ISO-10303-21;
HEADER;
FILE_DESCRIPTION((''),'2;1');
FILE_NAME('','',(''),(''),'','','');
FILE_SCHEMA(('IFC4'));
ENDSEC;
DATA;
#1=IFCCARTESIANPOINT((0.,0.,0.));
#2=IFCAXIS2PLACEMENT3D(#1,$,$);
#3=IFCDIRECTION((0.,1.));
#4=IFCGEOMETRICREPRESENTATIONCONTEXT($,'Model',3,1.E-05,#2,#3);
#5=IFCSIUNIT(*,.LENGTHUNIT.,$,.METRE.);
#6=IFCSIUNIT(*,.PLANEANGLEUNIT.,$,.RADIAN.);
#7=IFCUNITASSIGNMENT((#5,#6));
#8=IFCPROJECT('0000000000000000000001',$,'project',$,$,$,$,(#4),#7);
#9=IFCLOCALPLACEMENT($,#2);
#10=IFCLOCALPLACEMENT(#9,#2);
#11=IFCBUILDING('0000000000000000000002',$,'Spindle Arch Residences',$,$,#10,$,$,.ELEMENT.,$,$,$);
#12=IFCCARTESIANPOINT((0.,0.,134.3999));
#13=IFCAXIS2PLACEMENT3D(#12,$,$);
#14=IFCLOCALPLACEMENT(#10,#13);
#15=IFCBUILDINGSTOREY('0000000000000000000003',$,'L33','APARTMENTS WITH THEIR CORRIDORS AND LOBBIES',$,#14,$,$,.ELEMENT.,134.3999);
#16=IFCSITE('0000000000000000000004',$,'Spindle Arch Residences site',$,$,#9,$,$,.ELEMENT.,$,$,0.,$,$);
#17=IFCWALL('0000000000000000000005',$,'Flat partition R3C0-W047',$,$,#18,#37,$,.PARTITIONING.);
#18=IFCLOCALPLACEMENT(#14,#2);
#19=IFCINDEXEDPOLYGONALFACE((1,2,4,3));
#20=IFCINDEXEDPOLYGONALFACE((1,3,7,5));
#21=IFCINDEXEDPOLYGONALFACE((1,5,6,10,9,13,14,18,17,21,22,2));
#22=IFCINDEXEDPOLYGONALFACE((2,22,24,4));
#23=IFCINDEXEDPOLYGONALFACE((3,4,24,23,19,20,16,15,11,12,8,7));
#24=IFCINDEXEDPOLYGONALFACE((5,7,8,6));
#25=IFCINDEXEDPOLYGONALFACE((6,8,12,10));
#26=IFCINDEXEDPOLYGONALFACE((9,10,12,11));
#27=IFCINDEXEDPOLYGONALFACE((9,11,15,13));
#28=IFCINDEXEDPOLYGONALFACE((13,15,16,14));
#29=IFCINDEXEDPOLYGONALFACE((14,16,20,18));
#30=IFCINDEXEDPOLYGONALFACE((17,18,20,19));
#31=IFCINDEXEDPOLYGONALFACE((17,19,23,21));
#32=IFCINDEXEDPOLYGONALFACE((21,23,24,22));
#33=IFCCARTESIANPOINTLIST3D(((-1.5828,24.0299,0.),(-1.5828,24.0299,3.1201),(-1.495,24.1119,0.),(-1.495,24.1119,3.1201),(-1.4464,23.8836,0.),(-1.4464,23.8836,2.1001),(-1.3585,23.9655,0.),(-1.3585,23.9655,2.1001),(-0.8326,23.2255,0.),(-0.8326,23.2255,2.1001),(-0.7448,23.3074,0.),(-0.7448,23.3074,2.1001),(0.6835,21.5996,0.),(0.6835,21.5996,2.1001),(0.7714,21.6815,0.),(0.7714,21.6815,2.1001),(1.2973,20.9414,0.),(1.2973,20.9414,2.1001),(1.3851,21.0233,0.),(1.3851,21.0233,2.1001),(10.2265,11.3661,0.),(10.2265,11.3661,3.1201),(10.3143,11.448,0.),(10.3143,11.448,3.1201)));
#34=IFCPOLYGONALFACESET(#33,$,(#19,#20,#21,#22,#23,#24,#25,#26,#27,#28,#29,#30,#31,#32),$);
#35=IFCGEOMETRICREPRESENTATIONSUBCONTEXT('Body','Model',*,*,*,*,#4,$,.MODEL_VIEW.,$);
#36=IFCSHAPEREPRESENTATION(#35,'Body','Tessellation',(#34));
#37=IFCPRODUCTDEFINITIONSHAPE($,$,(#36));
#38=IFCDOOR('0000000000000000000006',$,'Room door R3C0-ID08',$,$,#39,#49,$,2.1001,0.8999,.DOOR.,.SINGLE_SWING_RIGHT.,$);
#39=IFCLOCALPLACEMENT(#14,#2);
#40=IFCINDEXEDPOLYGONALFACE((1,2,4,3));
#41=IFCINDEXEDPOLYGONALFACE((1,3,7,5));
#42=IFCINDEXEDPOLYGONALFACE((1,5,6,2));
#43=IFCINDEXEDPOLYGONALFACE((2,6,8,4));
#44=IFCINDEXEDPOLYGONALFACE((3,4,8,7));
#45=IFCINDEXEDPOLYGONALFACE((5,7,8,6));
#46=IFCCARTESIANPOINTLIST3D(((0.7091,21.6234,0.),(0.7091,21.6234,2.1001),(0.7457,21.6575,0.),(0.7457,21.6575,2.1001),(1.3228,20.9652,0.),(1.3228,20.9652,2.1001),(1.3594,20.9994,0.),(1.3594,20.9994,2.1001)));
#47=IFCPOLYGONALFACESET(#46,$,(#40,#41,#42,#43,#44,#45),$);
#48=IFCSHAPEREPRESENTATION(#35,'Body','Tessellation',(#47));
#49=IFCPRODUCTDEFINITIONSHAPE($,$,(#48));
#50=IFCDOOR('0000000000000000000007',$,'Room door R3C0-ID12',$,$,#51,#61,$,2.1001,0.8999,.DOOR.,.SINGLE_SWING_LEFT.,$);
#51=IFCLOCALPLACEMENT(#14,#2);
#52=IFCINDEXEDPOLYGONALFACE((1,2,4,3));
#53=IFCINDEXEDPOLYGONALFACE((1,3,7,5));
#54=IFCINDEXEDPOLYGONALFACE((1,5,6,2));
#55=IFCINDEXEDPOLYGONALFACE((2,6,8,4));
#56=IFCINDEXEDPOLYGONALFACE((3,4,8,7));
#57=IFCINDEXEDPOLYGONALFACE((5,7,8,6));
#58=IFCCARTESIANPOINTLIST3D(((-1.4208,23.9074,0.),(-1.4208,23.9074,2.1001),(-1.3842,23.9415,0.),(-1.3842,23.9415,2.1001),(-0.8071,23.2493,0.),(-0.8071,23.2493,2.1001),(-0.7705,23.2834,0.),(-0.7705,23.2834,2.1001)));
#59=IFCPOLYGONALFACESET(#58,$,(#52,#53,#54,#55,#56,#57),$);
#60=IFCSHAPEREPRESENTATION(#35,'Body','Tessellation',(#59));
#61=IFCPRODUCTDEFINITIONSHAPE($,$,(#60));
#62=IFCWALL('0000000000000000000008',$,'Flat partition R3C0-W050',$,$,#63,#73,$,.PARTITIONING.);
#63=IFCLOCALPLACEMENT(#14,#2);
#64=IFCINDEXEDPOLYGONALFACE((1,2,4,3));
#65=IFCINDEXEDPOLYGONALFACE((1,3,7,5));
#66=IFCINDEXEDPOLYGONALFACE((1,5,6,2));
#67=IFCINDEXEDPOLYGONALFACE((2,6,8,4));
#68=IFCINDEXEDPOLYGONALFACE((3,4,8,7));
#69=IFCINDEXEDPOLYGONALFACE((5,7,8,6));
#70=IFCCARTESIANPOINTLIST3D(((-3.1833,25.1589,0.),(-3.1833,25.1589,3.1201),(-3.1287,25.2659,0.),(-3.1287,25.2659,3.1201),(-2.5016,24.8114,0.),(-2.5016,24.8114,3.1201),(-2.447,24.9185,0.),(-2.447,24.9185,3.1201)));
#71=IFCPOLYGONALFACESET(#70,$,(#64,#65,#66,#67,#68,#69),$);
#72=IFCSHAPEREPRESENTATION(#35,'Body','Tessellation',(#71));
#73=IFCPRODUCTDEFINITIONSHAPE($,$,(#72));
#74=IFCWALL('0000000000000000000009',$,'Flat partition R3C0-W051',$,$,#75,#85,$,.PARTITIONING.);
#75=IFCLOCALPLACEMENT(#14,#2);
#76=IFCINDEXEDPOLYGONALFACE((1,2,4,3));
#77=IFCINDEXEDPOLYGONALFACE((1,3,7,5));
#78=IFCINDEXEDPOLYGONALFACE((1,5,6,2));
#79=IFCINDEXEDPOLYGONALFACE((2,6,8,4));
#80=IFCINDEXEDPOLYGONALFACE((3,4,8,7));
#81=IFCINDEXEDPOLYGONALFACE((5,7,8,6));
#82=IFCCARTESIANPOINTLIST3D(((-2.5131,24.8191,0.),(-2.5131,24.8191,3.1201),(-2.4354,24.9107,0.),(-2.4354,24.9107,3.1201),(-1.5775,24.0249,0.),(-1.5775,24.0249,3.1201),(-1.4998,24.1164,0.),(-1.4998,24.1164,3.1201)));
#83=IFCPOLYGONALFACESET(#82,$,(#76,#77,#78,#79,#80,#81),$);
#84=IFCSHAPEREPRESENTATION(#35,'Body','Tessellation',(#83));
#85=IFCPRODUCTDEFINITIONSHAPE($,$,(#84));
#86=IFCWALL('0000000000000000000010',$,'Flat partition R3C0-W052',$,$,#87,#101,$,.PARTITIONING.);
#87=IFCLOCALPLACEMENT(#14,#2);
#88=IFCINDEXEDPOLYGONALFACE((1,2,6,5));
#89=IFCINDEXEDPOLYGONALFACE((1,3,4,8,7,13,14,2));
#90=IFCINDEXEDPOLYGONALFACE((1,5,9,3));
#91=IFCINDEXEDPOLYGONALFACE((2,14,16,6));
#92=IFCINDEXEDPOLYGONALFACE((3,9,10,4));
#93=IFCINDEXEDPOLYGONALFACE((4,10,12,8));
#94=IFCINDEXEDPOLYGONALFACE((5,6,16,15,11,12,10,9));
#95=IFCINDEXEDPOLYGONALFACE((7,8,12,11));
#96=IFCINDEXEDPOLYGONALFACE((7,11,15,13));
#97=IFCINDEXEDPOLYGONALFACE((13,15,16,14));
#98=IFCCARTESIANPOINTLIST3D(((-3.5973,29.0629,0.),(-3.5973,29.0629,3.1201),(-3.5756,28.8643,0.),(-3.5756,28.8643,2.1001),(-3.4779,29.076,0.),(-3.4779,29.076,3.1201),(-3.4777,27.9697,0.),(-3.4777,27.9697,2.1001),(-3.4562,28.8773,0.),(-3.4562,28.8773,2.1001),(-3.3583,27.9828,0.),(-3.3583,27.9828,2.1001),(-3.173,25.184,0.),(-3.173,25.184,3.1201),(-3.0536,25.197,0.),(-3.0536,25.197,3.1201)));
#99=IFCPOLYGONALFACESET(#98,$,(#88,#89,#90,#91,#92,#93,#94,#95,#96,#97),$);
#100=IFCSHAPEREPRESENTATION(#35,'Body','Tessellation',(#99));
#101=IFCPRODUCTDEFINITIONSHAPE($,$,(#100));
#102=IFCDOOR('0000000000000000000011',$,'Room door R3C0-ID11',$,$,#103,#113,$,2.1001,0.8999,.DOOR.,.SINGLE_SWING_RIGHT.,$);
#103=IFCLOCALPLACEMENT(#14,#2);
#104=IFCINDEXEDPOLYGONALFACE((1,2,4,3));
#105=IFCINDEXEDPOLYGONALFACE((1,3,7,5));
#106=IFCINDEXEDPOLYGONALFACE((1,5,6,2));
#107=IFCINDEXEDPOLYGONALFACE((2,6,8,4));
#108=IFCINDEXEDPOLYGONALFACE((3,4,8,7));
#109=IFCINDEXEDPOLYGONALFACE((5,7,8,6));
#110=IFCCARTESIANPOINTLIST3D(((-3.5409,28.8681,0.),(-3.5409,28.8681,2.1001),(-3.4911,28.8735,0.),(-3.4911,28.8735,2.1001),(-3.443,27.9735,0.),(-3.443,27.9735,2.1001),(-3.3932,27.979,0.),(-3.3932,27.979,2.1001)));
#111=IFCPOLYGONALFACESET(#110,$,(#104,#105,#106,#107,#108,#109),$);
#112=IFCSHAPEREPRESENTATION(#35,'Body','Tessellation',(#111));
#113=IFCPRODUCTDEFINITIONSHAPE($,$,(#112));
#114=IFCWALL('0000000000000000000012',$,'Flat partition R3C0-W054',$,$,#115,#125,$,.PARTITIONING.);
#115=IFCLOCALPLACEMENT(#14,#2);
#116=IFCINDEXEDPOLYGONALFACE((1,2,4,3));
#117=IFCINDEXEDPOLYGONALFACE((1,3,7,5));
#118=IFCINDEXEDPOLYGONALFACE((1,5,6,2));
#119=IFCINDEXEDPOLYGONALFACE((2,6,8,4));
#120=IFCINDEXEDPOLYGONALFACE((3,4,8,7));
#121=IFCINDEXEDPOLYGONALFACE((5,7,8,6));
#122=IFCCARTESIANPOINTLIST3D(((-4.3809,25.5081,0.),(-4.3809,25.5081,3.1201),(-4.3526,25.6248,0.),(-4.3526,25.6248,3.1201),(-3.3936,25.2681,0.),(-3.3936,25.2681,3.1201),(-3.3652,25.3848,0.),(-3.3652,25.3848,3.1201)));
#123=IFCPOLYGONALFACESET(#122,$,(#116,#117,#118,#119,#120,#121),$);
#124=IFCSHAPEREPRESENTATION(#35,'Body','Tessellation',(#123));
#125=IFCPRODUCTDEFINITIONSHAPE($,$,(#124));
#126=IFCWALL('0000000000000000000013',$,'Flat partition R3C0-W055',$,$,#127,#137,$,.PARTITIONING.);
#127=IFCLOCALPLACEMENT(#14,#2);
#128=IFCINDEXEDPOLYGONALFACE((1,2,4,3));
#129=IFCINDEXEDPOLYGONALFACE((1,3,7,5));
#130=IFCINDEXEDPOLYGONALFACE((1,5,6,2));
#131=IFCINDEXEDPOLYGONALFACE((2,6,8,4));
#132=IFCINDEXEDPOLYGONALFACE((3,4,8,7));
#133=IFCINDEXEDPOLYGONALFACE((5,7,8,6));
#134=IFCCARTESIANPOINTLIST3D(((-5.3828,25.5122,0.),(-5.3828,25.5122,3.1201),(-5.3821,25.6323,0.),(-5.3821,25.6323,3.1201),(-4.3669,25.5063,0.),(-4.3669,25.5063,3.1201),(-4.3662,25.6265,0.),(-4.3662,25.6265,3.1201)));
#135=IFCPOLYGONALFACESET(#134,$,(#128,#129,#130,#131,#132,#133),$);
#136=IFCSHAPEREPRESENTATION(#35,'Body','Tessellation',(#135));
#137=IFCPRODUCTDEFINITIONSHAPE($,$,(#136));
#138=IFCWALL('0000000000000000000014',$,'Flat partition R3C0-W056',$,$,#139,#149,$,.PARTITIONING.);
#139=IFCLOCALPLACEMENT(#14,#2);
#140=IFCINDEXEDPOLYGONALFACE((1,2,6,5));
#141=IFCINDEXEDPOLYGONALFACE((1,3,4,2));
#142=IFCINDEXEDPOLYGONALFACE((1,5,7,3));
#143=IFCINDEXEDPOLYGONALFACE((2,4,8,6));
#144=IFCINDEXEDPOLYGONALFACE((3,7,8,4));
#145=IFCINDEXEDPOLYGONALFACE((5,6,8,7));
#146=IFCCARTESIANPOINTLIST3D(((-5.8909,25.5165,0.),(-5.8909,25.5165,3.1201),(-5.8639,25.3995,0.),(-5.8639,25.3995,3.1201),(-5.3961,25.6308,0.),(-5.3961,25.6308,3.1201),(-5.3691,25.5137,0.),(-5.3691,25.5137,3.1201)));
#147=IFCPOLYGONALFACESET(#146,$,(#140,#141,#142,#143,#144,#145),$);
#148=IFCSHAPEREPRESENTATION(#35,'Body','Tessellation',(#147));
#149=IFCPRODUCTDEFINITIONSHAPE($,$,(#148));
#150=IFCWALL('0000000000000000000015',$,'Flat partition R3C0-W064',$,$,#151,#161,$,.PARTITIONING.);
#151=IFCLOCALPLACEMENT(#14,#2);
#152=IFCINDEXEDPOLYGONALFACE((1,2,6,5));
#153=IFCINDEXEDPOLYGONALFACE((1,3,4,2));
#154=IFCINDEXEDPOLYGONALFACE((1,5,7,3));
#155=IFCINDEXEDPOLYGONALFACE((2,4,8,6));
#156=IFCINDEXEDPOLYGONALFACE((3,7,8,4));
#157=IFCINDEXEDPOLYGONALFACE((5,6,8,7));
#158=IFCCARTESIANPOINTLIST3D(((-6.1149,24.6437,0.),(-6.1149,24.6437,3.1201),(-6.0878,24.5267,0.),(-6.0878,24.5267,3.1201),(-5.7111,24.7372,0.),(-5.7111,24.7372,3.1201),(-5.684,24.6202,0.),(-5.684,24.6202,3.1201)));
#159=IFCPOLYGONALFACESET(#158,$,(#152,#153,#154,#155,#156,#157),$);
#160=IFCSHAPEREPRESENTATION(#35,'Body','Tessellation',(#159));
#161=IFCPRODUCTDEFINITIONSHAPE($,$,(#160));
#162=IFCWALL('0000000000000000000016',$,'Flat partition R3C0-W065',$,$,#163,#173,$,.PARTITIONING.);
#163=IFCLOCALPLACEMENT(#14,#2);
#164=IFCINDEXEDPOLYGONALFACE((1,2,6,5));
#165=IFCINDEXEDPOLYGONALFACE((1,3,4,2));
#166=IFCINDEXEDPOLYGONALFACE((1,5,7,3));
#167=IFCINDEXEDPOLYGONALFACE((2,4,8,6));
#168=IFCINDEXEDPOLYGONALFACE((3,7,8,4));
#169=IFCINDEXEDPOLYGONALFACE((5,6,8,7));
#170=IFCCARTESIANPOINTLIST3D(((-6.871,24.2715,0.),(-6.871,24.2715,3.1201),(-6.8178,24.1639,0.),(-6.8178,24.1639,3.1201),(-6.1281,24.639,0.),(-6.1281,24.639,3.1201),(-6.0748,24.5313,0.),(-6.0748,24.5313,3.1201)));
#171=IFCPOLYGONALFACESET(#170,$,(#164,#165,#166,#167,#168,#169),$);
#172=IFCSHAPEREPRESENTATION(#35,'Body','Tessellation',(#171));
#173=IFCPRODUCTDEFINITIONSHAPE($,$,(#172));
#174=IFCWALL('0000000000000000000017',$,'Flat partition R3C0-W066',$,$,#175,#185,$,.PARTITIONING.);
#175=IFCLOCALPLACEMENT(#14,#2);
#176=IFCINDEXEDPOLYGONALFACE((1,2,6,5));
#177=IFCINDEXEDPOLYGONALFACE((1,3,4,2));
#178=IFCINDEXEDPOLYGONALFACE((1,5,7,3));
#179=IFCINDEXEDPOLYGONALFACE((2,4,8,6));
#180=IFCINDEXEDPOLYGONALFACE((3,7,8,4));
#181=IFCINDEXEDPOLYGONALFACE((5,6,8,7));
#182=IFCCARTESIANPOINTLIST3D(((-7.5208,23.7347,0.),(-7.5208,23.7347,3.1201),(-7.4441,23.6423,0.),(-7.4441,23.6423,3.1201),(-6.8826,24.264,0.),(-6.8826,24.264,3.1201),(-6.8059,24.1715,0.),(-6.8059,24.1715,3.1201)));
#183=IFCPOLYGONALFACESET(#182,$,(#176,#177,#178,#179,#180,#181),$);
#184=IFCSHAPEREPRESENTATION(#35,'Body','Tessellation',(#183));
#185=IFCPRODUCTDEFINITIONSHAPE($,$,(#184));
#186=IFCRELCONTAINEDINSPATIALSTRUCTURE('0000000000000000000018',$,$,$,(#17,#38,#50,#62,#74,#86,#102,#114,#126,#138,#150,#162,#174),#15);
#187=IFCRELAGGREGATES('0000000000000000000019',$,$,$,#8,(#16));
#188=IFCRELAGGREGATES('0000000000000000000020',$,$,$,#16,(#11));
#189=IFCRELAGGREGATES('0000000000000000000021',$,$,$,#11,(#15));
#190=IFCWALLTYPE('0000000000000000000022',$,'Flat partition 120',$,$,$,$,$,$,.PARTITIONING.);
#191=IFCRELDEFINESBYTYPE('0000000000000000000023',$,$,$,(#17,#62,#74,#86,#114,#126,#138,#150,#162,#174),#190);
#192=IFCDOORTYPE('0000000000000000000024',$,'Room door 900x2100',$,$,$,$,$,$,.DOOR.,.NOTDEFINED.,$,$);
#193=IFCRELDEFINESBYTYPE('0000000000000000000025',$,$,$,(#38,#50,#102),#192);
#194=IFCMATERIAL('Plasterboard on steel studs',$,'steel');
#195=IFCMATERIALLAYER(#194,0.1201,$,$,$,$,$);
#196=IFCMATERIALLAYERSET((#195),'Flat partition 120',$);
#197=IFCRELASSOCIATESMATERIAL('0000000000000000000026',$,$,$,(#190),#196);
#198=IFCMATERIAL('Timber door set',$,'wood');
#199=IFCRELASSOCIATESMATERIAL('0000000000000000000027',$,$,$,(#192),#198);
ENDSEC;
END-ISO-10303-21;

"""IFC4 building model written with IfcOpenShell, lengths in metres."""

from ifc_helpers import new_model, si_unit, direction, frame, frame_2d, origin, place, context, subcontext, project, spatial, rectangle, extrude, material, layer, layer_set, type_object, element, fill, save


model = new_model("IFC4")

# Units and contexts
model_context = context("Model", 3, precision=1e-05, world=origin(), true_north=direction((0.0, 1.0)))
body_context = subcontext(model_context, "Body", "Model", "MODEL_VIEW")
ifc_project = project(units=[si_unit("LENGTHUNIT", "METRE"), si_unit("PLANEANGLEUNIT", "RADIAN")], contexts=[model_context])

# Site, building, storey
site_placement = place(None, origin())
site = spatial("IfcSite", under=ifc_project, at=site_placement, Name="Spindle Arch Residences site", CompositionType="ELEMENT", RefElevation=0.0)
building_placement = place(site_placement, origin())
building = spatial("IfcBuilding", under=site, at=building_placement, Name="Spindle Arch Residences", CompositionType="ELEMENT")
storey_placement = place(building_placement, frame((0.0, 0.0, 134.3999)))
storey = spatial("IfcBuildingStorey", under=building, at=storey_placement, Name="L33", Description="APARTMENTS WITH THEIR CORRIDORS AND LOBBIES", CompositionType="ELEMENT", Elevation=134.3999)

# Shared definitions
ifc_material_1 = material(Name="Plasterboard on steel studs", Category="steel")
ifc_layer_1 = layer(ifc_material_1, 0.1201)
ifc_layer_set_1 = layer_set([ifc_layer_1], Name="Flat partition 120")
wall_type_1 = type_object("IfcWallType", Name="Flat partition 120", PredefinedType="PARTITIONING", material=ifc_layer_set_1)

# Wall, openings, doors
wall_1_placement = place(storey_placement, frame((-1.5388, 24.0708, 0.0), z_axis=(0.0, 0.0, 1.0), x_axis=(0.682002, -0.73135, 0.0)))
wall_1 = element("IfcWall", 1, at=wall_1_placement, inside=storey, type_object=wall_type_1, Name="Flat partition R3C0-W047", PredefinedType="PARTITIONING", context=body_context, shape_type="SweptSolid", body=[
    extrude(rectangle(XDim=17.3157, YDim=0.1201, at=frame_2d((8.6577, 0.0))), origin(), (0.0, 0.0, 1.0), 3.1201),
])
opening_1_placement = place(wall_1_placement, frame((3.323, 0.0, 0.0)))
opening_1 = element("IfcOpeningElement", 2, at=opening_1_placement, cuts=wall_1, PredefinedType="OPENING", context=body_context, shape_type="SweptSolid", body=[
    extrude(rectangle(XDim=0.8999, YDim=2.1001, at=frame_2d((0.45, 1.05))), frame((0.0, 0.0701, 0.0), z_axis=(0.0, -1.0, 0.0), x_axis=(1.0, 0.0, 0.0)), (0.0, 0.0, 1.0), 0.1401),
])
opening_2_placement = place(wall_1_placement, frame((0.2, 0.0, 0.0)))
opening_2 = element("IfcOpeningElement", 3, at=opening_2_placement, cuts=wall_1, PredefinedType="OPENING", context=body_context, shape_type="SweptSolid", body=[
    extrude(rectangle(XDim=0.8999, YDim=2.1001, at=frame_2d((0.45, 1.05))), frame((0.0, 0.0701, 0.0), z_axis=(0.0, -1.0, 0.0), x_axis=(1.0, 0.0, 0.0)), (0.0, 0.0, 1.0), 0.1401),
])
ifc_material_2 = material(Name="Timber door set", Category="wood")
door_type = type_object("IfcDoorType", Name="Room door 900x2100", OperationType="NOTDEFINED", PredefinedType="DOOR", material=ifc_material_2)
door_1_placement = place(opening_1_placement, origin())
door_1 = element("IfcDoor", 4, at=door_1_placement, inside=storey, type_object=door_type, Name="Room door R3C0-ID08", OperationType="SINGLE_SWING_RIGHT", OverallHeight=2.1001, OverallWidth=0.8999, PredefinedType="DOOR", context=body_context, shape_type="SweptSolid", body=[
    extrude(rectangle(XDim=0.8999, YDim=2.1001, at=frame_2d((0.45, 1.05))), frame((0.0, 0.0249, 0.0), z_axis=(0.0, -1.0, 0.0), x_axis=(1.0, 0.0, 0.0)), (0.0, 0.0, 1.0), 0.05),
])
fill(opening_1, door_1)
door_2_placement = place(opening_2_placement, origin())
door_2 = element("IfcDoor", 5, at=door_2_placement, inside=storey, type_object=door_type, Name="Room door R3C0-ID12", OperationType="SINGLE_SWING_LEFT", OverallHeight=2.1001, OverallWidth=0.8999, PredefinedType="DOOR", context=body_context, shape_type="SweptSolid", body=[
    extrude(rectangle(XDim=0.8999, YDim=2.1001, at=frame_2d((0.45, 1.05))), frame((0.0, 0.0249, 0.0), z_axis=(0.0, -1.0, 0.0), x_axis=(1.0, 0.0, 0.0)), (0.0, 0.0, 1.0), 0.05),
])
fill(opening_2, door_2)

# Walls
wall_2_placement = place(storey_placement, frame((-3.156, 25.2124, 0.0), z_axis=(0.0, 0.0, 1.0), x_axis=(0.890954, -0.454093, 0.0)))
element("IfcWall", 6, at=wall_2_placement, inside=storey, type_object=wall_type_1, Name="Flat partition R3C0-W050", PredefinedType="PARTITIONING", context=body_context, shape_type="SweptSolid", body=[
    extrude(rectangle(XDim=0.7651, YDim=0.1201, at=frame_2d((0.3826, 0.0))), origin(), (0.0, 0.0, 1.0), 3.1201),
])
wall_3_placement = place(storey_placement, frame((-2.4744, 24.865, 0.0), z_axis=(0.0, 0.0, 1.0), x_axis=(0.762351, -0.647163, 0.0)))
element("IfcWall", 7, at=wall_3_placement, inside=storey, type_object=wall_type_1, Name="Flat partition R3C0-W051", PredefinedType="PARTITIONING", context=body_context, shape_type="SweptSolid", body=[
    extrude(rectangle(XDim=1.2273, YDim=0.1201, at=frame_2d((0.6138, 0.0))), origin(), (0.0, 0.0, 1.0), 3.1201),
])

# Wall, opening, door
wall_4_placement = place(storey_placement, frame((-3.5376, 29.0696, 0.0), z_axis=(0.0, 0.0, 1.0), x_axis=(0.108742, -0.99407, 0.0)))
wall_4 = element("IfcWall", 8, at=wall_4_placement, inside=storey, type_object=wall_type_1, Name="Flat partition R3C0-W052", PredefinedType="PARTITIONING", context=body_context, shape_type="SweptSolid", body=[
    extrude(rectangle(XDim=3.9021, YDim=0.1201, at=frame_2d((1.9512, 0.0))), origin(), (0.0, 0.0, 1.0), 3.1201),
])
opening_3_placement = place(wall_4_placement, frame((0.2, 0.0, 0.0)))
opening_3 = element("IfcOpeningElement", 9, at=opening_3_placement, cuts=wall_4, PredefinedType="OPENING", context=body_context, shape_type="SweptSolid", body=[
    extrude(rectangle(XDim=0.8999, YDim=2.1001, at=frame_2d((0.45, 1.05))), frame((0.0, 0.0701, 0.0), z_axis=(0.0, -1.0, 0.0), x_axis=(1.0, 0.0, 0.0)), (0.0, 0.0, 1.0), 0.1401),
])
door_3_placement = place(opening_3_placement, origin())
door_3 = element("IfcDoor", 10, at=door_3_placement, inside=storey, type_object=door_type, Name="Room door R3C0-ID11", OperationType="SINGLE_SWING_RIGHT", OverallHeight=2.1001, OverallWidth=0.8999, PredefinedType="DOOR", context=body_context, shape_type="SweptSolid", body=[
    extrude(rectangle(XDim=0.8999, YDim=2.1001, at=frame_2d((0.45, 1.05))), frame((0.0, 0.0249, 0.0), z_axis=(0.0, -1.0, 0.0), x_axis=(1.0, 0.0, 0.0)), (0.0, 0.0, 1.0), 0.05),
])
fill(opening_3, door_3)

# Walls
wall_5_placement = place(storey_placement, frame((-3.3794, 25.3264, 0.0), z_axis=(0.0, 0.0, 1.0), x_axis=(-0.971705, 0.236198, 0.0)))
element("IfcWall", 11, at=wall_5_placement, inside=storey, type_object=wall_type_1, Name="Flat partition R3C0-W054", PredefinedType="PARTITIONING", context=body_context, shape_type="SweptSolid", body=[
    extrude(rectangle(XDim=1.0161, YDim=0.1201, at=frame_2d((0.5081, 0.0))), origin(), (0.0, 0.0, 1.0), 3.1201),
])
wall_6_placement = place(storey_placement, frame((-4.3667, 25.5664, 0.0), z_axis=(0.0, 0.0, 1.0), x_axis=(-0.999983, 0.005768, 0.0)))
element("IfcWall", 12, at=wall_6_placement, inside=storey, type_object=wall_type_1, Name="Flat partition R3C0-W055", PredefinedType="PARTITIONING", context=body_context, shape_type="SweptSolid", body=[
    extrude(rectangle(XDim=1.0159, YDim=0.1201, at=frame_2d((0.5078, 0.0))), origin(), (0.0, 0.0, 1.0), 3.1201),
])
wall_7_placement = place(storey_placement, frame((-5.3826, 25.5723, 0.0), z_axis=(0.0, 0.0, 1.0), x_axis=(-0.974367, -0.224965, 0.0)))
element("IfcWall", 13, at=wall_7_placement, inside=storey, type_object=wall_type_1, Name="Flat partition R3C0-W056", PredefinedType="PARTITIONING", context=body_context, shape_type="SweptSolid", body=[
    extrude(rectangle(XDim=0.5078, YDim=0.1201, at=frame_2d((0.2539, 0.0))), origin(), (0.0, 0.0, 1.0), 3.1201),
])
wall_8_placement = place(storey_placement, frame((-5.6975, 24.6787, 0.0), z_axis=(0.0, 0.0, 1.0), x_axis=(-0.974222, -0.225591, 0.0)))
element("IfcWall", 14, at=wall_8_placement, inside=storey, type_object=wall_type_1, Name="Flat partition R3C0-W064", PredefinedType="PARTITIONING", context=body_context, shape_type="SweptSolid", body=[
    extrude(rectangle(XDim=0.4146, YDim=0.1201, at=frame_2d((0.2073, 0.0))), origin(), (0.0, 0.0, 1.0), 3.1201),
])
wall_9_placement = place(storey_placement, frame((-6.1013, 24.5852, 0.0), z_axis=(0.0, 0.0, 1.0), x_axis=(-0.896363, -0.443321, 0.0)))
element("IfcWall", 15, at=wall_9_placement, inside=storey, type_object=wall_type_1, Name="Flat partition R3C0-W065", PredefinedType="PARTITIONING", context=body_context, shape_type="SweptSolid", body=[
    extrude(rectangle(XDim=0.8289, YDim=0.1201, at=frame_2d((0.4146, 0.0))), origin(), (0.0, 0.0, 1.0), 3.1201),
])
wall_10_placement = place(storey_placement, frame((-6.8442, 24.2178, 0.0), z_axis=(0.0, 0.0, 1.0), x_axis=(-0.769716, -0.638387, 0.0)))
element("IfcWall", 16, at=wall_10_placement, inside=storey, type_object=wall_type_1, Name="Flat partition R3C0-W066", PredefinedType="PARTITIONING", context=body_context, shape_type="SweptSolid", body=[
    extrude(rectangle(XDim=0.8291, YDim=0.1201, at=frame_2d((0.4146, 0.0))), origin(), (0.0, 0.0, 1.0), 3.1201),
])

save(model, "model.ifc")
